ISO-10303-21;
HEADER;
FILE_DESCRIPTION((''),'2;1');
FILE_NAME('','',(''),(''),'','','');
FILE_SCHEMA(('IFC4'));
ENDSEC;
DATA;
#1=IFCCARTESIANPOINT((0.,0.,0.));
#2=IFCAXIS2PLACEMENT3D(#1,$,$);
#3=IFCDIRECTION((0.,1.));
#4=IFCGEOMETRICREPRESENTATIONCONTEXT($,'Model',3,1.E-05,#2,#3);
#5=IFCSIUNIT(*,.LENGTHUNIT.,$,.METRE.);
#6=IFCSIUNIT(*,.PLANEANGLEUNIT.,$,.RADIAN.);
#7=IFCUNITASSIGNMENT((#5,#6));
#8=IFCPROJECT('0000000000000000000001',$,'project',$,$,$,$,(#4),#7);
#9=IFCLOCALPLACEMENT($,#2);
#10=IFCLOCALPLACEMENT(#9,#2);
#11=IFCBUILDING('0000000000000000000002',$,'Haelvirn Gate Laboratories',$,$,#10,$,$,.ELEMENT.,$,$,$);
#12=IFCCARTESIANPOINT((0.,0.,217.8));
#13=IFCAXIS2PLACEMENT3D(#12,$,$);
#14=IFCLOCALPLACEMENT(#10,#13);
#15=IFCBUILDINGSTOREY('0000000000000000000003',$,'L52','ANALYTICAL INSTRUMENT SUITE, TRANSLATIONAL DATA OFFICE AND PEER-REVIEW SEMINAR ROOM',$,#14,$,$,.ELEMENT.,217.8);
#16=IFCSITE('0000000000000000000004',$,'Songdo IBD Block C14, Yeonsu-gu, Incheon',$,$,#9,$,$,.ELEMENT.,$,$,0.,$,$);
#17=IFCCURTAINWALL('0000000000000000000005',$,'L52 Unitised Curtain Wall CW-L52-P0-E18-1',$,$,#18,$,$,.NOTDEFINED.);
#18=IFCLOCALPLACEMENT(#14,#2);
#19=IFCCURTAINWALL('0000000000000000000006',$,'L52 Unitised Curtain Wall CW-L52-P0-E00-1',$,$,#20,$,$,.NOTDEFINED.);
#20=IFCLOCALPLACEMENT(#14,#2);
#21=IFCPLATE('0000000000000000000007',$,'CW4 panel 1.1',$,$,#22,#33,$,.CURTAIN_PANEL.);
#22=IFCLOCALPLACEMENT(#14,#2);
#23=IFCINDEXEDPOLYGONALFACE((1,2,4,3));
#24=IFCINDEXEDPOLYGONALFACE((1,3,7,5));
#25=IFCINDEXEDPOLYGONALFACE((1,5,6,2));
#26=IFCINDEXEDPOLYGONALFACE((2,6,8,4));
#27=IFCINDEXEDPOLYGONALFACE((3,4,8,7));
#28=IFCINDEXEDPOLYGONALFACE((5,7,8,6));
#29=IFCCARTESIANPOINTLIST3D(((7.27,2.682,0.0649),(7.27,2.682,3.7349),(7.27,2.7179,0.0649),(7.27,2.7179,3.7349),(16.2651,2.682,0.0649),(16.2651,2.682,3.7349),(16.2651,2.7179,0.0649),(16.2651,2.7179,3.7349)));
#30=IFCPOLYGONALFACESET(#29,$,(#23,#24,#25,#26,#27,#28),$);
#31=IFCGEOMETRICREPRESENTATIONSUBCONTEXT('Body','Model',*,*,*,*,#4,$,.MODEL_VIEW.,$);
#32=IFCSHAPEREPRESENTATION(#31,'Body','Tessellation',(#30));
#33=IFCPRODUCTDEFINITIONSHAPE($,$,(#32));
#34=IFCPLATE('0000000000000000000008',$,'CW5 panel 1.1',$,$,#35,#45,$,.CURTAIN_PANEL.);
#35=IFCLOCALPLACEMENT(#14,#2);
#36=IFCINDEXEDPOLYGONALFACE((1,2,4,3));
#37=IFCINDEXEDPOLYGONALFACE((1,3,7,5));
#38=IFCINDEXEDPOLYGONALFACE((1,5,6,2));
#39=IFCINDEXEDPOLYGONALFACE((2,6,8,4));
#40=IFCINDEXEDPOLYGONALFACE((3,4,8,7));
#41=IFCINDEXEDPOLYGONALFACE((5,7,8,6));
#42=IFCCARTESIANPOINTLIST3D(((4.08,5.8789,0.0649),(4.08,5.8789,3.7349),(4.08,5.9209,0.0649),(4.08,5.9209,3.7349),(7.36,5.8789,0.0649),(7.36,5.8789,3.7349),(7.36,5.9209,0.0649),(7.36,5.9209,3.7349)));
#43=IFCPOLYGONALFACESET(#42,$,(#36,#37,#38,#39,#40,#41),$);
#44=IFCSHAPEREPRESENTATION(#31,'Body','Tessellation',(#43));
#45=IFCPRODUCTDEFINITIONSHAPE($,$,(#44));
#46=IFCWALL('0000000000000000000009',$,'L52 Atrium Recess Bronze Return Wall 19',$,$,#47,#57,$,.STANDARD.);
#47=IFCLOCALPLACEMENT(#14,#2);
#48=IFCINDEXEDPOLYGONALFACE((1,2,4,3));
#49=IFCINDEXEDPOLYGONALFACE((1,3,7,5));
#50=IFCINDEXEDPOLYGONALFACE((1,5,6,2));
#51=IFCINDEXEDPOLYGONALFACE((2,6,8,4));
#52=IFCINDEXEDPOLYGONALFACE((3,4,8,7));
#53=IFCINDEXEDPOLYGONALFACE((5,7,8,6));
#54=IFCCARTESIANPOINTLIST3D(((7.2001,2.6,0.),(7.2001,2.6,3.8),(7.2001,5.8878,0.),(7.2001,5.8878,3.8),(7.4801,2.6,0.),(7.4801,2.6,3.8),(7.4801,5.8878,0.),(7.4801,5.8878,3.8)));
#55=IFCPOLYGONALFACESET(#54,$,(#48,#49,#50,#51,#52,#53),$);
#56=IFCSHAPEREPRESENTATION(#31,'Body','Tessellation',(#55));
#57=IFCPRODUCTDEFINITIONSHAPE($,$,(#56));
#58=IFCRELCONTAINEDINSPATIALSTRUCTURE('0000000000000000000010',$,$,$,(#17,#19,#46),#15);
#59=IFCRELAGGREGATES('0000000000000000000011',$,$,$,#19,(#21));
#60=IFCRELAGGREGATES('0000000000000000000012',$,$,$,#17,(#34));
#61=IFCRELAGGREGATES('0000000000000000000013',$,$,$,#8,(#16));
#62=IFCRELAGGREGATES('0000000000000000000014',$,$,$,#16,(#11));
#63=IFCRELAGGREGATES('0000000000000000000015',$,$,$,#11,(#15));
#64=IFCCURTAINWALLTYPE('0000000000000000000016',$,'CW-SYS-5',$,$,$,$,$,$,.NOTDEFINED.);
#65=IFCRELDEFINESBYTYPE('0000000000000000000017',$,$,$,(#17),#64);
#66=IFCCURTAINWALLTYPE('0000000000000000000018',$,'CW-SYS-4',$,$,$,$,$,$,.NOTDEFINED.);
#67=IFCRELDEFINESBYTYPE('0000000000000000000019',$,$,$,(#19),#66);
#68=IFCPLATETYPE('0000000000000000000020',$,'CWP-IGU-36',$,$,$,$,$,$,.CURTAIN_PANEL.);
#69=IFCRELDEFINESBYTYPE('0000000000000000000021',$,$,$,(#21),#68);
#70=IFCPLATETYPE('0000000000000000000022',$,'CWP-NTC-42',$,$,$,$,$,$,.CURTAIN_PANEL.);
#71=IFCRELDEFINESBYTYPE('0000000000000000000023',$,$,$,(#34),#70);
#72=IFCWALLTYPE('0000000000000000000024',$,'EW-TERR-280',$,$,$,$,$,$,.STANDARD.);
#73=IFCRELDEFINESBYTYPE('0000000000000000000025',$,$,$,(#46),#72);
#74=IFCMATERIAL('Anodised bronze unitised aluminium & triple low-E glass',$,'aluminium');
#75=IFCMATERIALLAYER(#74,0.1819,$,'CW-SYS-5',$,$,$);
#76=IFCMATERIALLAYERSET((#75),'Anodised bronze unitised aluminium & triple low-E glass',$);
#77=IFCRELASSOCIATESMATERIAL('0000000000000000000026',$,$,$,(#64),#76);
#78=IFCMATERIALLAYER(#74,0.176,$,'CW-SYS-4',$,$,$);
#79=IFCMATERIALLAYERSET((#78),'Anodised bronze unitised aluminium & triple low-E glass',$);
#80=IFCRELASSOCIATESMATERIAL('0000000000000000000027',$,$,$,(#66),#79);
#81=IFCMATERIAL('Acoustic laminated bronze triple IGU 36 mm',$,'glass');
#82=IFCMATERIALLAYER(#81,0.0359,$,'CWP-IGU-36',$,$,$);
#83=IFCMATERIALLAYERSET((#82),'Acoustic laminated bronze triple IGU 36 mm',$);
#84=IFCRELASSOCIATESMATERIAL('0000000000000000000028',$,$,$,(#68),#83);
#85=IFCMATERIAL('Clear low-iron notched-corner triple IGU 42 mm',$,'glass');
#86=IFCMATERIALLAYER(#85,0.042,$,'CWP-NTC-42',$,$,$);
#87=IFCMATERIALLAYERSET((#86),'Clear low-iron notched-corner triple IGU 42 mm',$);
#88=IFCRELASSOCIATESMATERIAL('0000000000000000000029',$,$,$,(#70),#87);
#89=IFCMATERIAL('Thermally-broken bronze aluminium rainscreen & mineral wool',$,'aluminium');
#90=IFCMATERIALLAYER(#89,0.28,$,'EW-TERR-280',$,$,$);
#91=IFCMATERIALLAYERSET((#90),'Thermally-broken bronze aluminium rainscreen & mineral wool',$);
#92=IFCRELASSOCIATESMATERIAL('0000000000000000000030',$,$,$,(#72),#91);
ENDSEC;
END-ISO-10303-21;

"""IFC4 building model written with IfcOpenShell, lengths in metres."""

from ifc_helpers import new_model, si_unit, direction, frame, frame_2d, origin, origin_2d, place, context, subcontext, project, spatial, rectangle, extrude, source, transform, mapped, material, layer, layer_set, type_object, type_shapes, element, aggregate, save


model = new_model("IFC4")

# Units and contexts
model_context = context("Model", 3, precision=1e-05, world=origin(), true_north=direction((0.0, 1.0)))
body_context = subcontext(model_context, "Body", "Model", "MODEL_VIEW")
ifc_project = project(units=[si_unit("LENGTHUNIT", "METRE"), si_unit("PLANEANGLEUNIT", "RADIAN")], contexts=[model_context])

# Site, building, storey
site_placement = place(None, origin())
site = spatial("IfcSite", under=ifc_project, at=site_placement, Name="Songdo IBD Block C14, Yeonsu-gu, Incheon", CompositionType="ELEMENT", RefElevation=0.0)
building_placement = place(site_placement, origin())
building = spatial("IfcBuilding", under=site, at=building_placement, Name="Haelvirn Gate Laboratories", CompositionType="ELEMENT")
storey_placement = place(building_placement, frame((0.0, 0.0, 217.8)))
storey = spatial("IfcBuildingStorey", under=building, at=storey_placement, Name="L52", Description="ANALYTICAL INSTRUMENT SUITE, TRANSLATIONAL DATA OFFICE AND PEER-REVIEW SEMINAR ROOM", CompositionType="ELEMENT", Elevation=217.8)

# Curtain wall
ifc_material_1 = material(Name="Anodised bronze unitised aluminium & triple low-E glass", Category="aluminium")
ifc_layer_1 = layer(ifc_material_1, 0.1819, Name="CW-SYS-5")
ifc_layer_set_1 = layer_set([ifc_layer_1], Name="Anodised bronze unitised aluminium & triple low-E glass")
curtain_wall_type_1 = type_object("IfcCurtainWallType", Name="CW-SYS-5", PredefinedType="NOTDEFINED", material=ifc_layer_set_1)
curtain_wall_1_placement = place(storey_placement, origin())
curtain_wall_1 = element("IfcCurtainWall", 1, at=curtain_wall_1_placement, inside=storey, type_object=curtain_wall_type_1, Name="L52 Unitised Curtain Wall CW-L52-P0-E18-1", PredefinedType="NOTDEFINED")

# Curtain wall
ifc_layer_2 = layer(ifc_material_1, 0.176, Name="CW-SYS-4")
ifc_layer_set_2 = layer_set([ifc_layer_2], Name="Anodised bronze unitised aluminium & triple low-E glass")
curtain_wall_type_2 = type_object("IfcCurtainWallType", Name="CW-SYS-4", PredefinedType="NOTDEFINED", material=ifc_layer_set_2)
curtain_wall_2_placement = place(storey_placement, origin())
curtain_wall_2 = element("IfcCurtainWall", 2, at=curtain_wall_2_placement, inside=storey, type_object=curtain_wall_type_2, Name="L52 Unitised Curtain Wall CW-L52-P0-E00-1", PredefinedType="NOTDEFINED")

# Plates
ifc_material_2 = material(Name="Acoustic laminated bronze triple IGU 36 mm", Category="glass")
ifc_layer_3 = layer(ifc_material_2, 0.0359, Name="CWP-IGU-36")
ifc_layer_set_3 = layer_set([ifc_layer_3], Name="Acoustic laminated bronze triple IGU 36 mm")
plate_type_1 = type_object("IfcPlateType", Name="CWP-IGU-36", PredefinedType="CURTAIN_PANEL", material=ifc_layer_set_3)
shared_shape_1 = source(origin(), body_context, "Body", "SweptSolid", [
    extrude(rectangle(XDim=8.9951, YDim=0.0359, at=origin_2d()), origin(), (0.0, 0.0, 1.0), 3.6699),
])
type_shapes(plate_type_1, [shared_shape_1])
plate_1_placement = place(storey_placement, frame((11.7676, 2.7, 0.0649), z_axis=(0.0, 0.0, 1.0), x_axis=(1.0, 0.0, 0.0)))
plate_1 = element("IfcPlate", 3, at=plate_1_placement, type_object=plate_type_1, Name="CW4 panel 1.1", PredefinedType="CURTAIN_PANEL", context=body_context, shape_type="MappedRepresentation", body=[
    mapped(shared_shape_1, transform((0.0, 0.0, 0.0), scale=1.0)),
])
aggregate(curtain_wall_2, [plate_1])
ifc_material_3 = material(Name="Clear low-iron notched-corner triple IGU 42 mm", Category="glass")
ifc_layer_4 = layer(ifc_material_3, 0.042, Name="CWP-NTC-42")
ifc_layer_set_4 = layer_set([ifc_layer_4], Name="Clear low-iron notched-corner triple IGU 42 mm")
plate_type_2 = type_object("IfcPlateType", Name="CWP-NTC-42", PredefinedType="CURTAIN_PANEL", material=ifc_layer_set_4)
shared_shape_2 = source(origin(), body_context, "Body", "SweptSolid", [
    extrude(rectangle(XDim=3.28, YDim=0.042, at=origin_2d()), origin(), (0.0, 0.0, 1.0), 3.6699),
])
type_shapes(plate_type_2, [shared_shape_2])
plate_2_placement = place(storey_placement, frame((5.72, 5.8999, 0.0649), z_axis=(0.0, 0.0, 1.0), x_axis=(1.0, 0.0, 0.0)))
plate_2 = element("IfcPlate", 4, at=plate_2_placement, type_object=plate_type_2, Name="CW5 panel 1.1", PredefinedType="CURTAIN_PANEL", context=body_context, shape_type="MappedRepresentation", body=[
    mapped(shared_shape_2, transform((0.0, 0.0, 0.0), scale=1.0)),
])
aggregate(curtain_wall_1, [plate_2])

# Wall
ifc_material_4 = material(Name="Thermally-broken bronze aluminium rainscreen & mineral wool", Category="aluminium")
ifc_layer_5 = layer(ifc_material_4, 0.28, Name="EW-TERR-280")
ifc_layer_set_5 = layer_set([ifc_layer_5], Name="Thermally-broken bronze aluminium rainscreen & mineral wool")
wall_type = type_object("IfcWallType", Name="EW-TERR-280", PredefinedType="STANDARD", material=ifc_layer_set_5)
wall_placement = place(storey_placement, frame((7.3401, 5.8879, 0.0), z_axis=(0.0, 0.0, 1.0), x_axis=(0.0, -1.0, 0.0)))
element("IfcWall", 5, at=wall_placement, inside=storey, type_object=wall_type, Name="L52 Atrium Recess Bronze Return Wall 19", PredefinedType="STANDARD", context=body_context, shape_type="SweptSolid", body=[
    extrude(rectangle(XDim=3.2878, YDim=0.28, at=frame_2d((1.644, 0.0))), origin(), (0.0, 0.0, 1.0), 3.8),
])

save(model, "model.ifc")
